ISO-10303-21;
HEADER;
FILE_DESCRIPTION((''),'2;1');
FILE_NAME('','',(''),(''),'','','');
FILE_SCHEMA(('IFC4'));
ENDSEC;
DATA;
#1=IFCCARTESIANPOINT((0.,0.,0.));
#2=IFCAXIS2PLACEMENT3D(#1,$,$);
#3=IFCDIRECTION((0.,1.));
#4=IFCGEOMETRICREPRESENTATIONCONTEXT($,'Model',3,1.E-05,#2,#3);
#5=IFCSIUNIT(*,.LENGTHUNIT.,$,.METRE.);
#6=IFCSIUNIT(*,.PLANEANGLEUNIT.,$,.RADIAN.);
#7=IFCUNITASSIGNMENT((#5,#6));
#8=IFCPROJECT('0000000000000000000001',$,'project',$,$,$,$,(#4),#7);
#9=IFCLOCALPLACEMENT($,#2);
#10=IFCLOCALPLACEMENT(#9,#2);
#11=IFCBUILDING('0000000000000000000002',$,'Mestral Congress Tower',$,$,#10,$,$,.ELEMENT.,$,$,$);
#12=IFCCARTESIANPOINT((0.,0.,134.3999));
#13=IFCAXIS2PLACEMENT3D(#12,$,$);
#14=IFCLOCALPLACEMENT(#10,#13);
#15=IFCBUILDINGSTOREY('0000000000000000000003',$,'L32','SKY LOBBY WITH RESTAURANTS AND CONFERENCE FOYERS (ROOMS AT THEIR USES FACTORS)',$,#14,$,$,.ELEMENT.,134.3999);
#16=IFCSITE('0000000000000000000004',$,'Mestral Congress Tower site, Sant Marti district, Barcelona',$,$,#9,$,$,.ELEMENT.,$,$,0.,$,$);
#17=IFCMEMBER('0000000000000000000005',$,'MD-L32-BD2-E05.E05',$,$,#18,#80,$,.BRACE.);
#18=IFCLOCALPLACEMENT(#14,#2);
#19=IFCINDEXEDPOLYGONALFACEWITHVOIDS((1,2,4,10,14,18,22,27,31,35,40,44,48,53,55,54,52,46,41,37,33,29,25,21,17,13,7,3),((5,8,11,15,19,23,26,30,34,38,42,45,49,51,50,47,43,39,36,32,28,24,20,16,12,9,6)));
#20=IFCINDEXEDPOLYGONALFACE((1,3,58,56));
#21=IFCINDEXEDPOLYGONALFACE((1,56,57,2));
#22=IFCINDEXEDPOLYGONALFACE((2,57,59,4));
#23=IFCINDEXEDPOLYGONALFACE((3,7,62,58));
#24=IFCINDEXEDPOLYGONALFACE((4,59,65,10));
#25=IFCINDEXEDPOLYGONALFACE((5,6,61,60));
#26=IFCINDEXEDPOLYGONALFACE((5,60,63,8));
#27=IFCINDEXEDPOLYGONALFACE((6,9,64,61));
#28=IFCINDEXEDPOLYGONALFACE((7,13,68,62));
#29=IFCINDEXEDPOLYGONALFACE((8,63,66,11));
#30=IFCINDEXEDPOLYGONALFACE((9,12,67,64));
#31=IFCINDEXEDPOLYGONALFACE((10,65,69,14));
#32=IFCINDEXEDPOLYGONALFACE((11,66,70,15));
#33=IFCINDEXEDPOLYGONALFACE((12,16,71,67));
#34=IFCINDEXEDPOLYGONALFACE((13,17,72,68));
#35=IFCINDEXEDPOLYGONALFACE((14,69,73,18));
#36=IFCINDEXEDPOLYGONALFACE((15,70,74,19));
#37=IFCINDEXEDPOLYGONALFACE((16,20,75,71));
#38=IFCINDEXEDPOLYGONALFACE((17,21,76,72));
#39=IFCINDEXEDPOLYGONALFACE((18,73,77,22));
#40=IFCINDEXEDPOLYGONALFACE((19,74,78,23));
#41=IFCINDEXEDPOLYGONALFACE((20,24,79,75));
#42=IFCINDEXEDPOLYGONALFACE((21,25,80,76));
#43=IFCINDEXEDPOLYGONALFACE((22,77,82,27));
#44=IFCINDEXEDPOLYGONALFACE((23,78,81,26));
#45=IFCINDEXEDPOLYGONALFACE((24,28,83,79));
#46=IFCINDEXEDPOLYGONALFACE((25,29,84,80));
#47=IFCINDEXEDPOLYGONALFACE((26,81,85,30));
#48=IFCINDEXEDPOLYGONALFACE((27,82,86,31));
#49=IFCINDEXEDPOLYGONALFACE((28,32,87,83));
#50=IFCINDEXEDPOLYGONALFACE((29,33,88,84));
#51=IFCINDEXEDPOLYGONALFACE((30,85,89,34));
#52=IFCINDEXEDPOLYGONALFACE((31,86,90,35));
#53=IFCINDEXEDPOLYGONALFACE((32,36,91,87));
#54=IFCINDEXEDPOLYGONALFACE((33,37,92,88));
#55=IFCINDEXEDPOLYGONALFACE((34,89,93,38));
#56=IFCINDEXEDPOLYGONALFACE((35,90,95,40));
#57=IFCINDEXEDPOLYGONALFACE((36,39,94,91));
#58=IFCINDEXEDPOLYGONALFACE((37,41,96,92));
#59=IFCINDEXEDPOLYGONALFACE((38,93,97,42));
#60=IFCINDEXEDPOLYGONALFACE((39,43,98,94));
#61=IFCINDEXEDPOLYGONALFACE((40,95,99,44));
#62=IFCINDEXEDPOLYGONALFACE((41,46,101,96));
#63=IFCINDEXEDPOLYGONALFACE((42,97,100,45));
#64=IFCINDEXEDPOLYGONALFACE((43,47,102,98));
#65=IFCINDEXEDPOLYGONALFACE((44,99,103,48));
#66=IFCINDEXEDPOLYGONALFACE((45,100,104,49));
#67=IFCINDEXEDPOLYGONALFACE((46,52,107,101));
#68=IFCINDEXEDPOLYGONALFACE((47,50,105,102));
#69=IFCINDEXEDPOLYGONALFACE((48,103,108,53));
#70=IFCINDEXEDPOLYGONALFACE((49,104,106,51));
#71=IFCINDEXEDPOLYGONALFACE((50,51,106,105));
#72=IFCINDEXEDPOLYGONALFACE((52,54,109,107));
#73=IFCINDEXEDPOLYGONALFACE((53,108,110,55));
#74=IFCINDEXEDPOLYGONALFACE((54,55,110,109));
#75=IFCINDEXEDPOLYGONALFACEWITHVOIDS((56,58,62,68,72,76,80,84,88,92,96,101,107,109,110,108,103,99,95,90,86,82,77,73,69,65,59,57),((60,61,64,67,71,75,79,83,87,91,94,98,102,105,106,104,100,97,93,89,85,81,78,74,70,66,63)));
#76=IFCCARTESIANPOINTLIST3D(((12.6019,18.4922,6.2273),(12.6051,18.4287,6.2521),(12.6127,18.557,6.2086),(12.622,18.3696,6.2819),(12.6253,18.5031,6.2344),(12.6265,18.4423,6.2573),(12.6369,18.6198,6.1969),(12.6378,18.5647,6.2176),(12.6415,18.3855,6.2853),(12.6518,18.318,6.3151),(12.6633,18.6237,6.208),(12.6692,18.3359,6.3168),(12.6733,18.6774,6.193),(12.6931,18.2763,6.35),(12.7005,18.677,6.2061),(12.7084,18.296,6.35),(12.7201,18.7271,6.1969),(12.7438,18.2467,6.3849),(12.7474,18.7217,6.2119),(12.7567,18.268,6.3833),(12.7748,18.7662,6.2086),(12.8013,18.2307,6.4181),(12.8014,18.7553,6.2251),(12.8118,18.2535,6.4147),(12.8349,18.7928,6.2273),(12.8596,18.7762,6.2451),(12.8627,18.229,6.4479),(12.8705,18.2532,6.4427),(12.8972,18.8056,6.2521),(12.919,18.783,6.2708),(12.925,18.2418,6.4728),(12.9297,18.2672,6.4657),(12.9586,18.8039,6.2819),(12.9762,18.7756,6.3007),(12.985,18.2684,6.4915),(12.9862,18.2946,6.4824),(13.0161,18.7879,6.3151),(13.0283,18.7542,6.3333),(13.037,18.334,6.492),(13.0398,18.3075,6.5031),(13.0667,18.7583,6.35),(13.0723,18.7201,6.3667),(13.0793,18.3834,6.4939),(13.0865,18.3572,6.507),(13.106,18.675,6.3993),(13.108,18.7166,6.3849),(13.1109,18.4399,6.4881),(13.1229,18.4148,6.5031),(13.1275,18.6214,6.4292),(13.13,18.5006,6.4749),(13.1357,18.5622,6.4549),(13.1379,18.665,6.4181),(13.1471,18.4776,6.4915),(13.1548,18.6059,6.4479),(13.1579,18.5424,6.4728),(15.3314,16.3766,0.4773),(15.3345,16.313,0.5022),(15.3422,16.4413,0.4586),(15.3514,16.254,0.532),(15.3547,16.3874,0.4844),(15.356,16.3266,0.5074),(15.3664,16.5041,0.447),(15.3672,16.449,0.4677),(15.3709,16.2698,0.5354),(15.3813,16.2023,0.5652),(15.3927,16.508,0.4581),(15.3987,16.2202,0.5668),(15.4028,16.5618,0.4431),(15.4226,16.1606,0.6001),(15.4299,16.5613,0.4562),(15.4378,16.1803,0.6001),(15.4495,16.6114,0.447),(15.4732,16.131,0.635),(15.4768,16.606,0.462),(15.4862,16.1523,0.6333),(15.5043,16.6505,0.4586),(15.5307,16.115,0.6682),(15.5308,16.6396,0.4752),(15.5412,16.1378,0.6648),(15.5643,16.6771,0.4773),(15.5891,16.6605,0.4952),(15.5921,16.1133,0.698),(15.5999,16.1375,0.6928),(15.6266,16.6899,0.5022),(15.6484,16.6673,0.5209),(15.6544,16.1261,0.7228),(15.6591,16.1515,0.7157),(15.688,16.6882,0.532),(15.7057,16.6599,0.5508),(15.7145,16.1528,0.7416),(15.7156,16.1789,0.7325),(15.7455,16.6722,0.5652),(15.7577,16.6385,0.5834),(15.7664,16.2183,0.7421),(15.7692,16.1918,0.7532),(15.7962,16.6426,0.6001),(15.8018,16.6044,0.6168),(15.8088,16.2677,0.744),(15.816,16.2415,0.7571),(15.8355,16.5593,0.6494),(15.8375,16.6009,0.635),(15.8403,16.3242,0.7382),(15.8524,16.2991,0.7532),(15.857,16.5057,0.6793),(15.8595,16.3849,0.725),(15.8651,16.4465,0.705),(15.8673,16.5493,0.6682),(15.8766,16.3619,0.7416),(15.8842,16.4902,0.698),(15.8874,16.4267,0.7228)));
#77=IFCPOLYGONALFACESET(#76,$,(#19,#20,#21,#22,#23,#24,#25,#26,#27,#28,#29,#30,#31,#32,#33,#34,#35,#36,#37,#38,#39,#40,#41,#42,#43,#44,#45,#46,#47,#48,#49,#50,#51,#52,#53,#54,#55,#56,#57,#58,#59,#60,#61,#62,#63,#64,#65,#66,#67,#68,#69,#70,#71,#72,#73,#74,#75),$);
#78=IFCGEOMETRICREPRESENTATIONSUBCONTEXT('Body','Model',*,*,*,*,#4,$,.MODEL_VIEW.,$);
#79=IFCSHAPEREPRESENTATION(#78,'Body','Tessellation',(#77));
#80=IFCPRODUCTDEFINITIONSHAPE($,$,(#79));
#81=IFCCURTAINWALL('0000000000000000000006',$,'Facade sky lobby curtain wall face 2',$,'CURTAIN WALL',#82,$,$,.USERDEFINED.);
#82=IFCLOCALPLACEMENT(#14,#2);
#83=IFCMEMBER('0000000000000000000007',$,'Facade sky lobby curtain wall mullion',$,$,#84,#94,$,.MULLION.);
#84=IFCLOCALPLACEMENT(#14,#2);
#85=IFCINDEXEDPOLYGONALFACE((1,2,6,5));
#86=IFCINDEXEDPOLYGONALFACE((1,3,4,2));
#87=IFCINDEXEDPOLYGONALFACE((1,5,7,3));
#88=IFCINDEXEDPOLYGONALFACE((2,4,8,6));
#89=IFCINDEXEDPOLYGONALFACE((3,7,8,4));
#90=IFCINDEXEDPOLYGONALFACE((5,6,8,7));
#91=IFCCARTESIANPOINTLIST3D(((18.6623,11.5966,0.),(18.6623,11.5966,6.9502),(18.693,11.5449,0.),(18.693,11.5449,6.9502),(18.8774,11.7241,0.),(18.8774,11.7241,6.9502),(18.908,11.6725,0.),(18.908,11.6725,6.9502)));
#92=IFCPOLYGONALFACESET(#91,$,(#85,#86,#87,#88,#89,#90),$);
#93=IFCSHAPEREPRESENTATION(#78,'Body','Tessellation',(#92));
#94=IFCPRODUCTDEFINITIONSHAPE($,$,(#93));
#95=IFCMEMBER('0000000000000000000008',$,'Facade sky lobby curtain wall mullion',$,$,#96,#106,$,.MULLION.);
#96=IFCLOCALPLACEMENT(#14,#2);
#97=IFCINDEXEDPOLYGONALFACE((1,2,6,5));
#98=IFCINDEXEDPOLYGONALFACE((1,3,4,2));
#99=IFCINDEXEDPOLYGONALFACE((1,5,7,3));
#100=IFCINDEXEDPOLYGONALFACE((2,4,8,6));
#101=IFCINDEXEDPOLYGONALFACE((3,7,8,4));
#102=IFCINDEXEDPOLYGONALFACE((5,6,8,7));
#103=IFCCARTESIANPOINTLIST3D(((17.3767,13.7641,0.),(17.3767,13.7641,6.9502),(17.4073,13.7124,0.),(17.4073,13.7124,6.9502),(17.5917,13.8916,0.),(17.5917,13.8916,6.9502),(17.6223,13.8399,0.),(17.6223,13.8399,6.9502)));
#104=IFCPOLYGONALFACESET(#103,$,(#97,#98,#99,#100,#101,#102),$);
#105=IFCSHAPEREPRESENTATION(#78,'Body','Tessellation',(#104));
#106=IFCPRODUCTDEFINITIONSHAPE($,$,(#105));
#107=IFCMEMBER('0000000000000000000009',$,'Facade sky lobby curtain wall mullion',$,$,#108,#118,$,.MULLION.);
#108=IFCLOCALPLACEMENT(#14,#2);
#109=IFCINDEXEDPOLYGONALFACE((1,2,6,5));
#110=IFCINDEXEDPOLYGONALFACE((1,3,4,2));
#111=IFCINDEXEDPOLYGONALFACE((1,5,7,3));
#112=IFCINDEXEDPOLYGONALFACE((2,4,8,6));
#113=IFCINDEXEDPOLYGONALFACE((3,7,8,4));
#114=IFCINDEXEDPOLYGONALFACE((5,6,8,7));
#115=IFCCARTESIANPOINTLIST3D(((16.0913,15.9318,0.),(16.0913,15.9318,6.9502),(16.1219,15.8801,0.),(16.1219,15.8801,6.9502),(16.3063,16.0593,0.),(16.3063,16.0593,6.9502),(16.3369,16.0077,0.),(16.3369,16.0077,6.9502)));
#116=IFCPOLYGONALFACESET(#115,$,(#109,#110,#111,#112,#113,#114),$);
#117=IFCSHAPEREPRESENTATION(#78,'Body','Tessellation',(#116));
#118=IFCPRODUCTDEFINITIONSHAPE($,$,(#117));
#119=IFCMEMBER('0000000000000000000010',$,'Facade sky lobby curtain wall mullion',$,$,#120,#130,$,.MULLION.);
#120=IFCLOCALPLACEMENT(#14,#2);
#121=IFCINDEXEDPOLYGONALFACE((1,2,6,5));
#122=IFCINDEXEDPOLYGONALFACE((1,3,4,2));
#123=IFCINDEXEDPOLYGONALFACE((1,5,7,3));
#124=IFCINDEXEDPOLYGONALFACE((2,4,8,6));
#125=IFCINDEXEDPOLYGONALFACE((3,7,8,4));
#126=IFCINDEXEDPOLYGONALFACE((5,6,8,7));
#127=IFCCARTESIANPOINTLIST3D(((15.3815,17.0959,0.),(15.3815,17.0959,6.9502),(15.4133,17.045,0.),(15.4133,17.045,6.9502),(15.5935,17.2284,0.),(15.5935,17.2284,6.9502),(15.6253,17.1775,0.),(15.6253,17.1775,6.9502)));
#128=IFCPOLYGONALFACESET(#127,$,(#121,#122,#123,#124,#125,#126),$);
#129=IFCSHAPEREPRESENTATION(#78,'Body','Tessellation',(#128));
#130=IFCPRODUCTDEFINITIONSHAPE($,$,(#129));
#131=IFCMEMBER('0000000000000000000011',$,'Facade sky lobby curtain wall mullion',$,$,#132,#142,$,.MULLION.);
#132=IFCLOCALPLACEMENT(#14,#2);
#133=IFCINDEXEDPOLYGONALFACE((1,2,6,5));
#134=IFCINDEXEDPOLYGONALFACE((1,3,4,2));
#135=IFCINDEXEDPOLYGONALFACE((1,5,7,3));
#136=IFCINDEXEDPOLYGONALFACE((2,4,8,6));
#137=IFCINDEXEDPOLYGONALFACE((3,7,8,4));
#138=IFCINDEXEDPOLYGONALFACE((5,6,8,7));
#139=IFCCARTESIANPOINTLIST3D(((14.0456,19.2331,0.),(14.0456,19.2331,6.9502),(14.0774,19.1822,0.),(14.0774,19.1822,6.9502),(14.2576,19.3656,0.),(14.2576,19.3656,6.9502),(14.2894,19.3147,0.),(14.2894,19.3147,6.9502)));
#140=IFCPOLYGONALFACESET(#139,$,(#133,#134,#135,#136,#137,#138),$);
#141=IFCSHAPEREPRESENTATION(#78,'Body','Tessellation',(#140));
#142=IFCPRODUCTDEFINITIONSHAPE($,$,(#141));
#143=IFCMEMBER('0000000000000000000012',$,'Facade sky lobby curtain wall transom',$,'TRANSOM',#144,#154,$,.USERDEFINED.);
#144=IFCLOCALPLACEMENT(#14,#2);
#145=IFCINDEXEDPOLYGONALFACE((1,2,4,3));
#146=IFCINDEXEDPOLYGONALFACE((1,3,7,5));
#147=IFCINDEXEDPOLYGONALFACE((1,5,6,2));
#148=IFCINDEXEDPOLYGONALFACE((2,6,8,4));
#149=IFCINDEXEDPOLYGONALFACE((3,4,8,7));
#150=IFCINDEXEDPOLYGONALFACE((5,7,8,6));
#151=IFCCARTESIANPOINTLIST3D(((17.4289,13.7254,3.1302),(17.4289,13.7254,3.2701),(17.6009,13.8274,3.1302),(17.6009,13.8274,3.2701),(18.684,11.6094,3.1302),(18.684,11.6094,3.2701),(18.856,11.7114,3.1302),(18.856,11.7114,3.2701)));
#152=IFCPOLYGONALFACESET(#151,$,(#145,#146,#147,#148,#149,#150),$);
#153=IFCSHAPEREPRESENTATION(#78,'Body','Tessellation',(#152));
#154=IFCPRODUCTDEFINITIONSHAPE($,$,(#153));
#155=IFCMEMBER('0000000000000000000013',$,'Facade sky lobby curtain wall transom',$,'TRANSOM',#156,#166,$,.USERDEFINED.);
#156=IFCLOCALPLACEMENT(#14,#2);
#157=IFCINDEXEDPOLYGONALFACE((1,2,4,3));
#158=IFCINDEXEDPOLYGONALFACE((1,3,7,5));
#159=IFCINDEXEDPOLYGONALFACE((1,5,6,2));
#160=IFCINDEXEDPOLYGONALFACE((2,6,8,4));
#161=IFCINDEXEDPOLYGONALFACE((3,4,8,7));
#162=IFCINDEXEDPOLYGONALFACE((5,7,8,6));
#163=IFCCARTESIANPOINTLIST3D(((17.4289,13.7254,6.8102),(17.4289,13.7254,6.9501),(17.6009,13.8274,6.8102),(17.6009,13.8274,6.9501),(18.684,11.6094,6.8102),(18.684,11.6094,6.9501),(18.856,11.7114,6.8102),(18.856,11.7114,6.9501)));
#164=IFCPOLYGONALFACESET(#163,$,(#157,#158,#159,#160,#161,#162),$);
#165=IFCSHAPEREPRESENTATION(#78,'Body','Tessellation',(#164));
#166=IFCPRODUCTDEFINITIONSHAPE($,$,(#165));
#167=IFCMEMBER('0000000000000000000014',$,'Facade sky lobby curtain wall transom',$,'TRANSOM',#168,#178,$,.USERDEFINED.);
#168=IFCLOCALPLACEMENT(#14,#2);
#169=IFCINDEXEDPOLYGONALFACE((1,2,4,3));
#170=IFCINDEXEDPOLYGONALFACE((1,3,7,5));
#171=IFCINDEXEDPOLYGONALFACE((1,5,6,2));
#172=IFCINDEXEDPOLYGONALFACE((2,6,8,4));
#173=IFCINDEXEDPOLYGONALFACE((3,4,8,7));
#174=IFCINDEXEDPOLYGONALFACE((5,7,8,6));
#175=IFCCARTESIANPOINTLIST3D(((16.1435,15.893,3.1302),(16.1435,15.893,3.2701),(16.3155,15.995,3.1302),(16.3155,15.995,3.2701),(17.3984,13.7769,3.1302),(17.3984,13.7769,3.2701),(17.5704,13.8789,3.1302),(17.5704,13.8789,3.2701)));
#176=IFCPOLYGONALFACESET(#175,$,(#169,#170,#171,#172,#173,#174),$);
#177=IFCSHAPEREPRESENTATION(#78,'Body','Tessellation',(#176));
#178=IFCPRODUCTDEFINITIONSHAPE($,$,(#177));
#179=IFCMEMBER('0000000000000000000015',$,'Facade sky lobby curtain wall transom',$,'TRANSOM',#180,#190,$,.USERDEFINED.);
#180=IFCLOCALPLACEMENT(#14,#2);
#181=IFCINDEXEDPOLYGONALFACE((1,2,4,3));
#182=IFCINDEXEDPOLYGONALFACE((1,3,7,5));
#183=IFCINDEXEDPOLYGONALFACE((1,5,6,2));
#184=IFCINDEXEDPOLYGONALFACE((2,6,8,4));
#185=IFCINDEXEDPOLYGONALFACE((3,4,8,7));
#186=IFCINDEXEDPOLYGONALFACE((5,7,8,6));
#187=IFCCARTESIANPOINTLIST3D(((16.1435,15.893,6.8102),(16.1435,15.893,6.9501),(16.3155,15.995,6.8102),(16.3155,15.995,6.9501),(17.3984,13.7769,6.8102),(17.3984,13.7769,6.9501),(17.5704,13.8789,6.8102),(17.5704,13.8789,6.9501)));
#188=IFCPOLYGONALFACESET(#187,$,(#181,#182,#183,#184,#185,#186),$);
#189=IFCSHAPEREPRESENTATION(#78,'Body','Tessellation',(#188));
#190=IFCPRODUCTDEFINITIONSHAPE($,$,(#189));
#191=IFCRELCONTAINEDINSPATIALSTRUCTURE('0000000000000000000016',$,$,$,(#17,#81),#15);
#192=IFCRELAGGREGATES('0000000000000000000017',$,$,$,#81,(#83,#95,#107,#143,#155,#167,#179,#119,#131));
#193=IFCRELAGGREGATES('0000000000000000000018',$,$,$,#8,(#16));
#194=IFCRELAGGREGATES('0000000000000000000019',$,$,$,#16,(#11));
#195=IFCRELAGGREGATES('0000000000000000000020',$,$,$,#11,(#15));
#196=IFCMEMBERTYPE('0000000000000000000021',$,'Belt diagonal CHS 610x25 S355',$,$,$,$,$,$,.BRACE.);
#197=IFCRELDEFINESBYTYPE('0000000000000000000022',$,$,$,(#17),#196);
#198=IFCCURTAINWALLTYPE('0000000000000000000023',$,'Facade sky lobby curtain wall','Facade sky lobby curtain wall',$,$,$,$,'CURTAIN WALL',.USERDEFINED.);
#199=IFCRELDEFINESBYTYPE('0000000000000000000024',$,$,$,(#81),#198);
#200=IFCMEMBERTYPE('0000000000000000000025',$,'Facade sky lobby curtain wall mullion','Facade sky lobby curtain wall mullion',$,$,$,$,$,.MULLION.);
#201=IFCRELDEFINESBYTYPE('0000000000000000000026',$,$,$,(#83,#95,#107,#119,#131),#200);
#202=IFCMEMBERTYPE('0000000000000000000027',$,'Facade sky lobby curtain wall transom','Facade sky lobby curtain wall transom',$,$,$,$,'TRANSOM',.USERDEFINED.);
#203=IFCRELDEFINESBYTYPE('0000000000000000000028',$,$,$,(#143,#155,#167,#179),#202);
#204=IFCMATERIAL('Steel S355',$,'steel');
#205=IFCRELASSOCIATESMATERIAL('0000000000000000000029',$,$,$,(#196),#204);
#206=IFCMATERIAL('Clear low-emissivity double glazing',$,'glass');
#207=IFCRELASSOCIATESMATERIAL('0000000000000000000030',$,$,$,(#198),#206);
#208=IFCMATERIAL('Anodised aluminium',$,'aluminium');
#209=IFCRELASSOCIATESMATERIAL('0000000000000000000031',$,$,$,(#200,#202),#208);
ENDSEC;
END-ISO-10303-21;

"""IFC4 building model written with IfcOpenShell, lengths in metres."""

from ifc_helpers import new_model, si_unit, direction, frame, origin, origin_2d, place, context, subcontext, project, spatial, rectangle, hollow_circle, extrude, material, material_profile, profile_set, type_object, element, aggregate, save


model = new_model("IFC4")

# Units and contexts
model_context = context("Model", 3, precision=1e-05, world=origin(), true_north=direction((0.0, 1.0)))
body_context = subcontext(model_context, "Body", "Model", "MODEL_VIEW")
ifc_project = project(units=[si_unit("LENGTHUNIT", "METRE"), si_unit("PLANEANGLEUNIT", "RADIAN")], contexts=[model_context])

# Site, building, storey
site_placement = place(None, origin())
site = spatial("IfcSite", under=ifc_project, at=site_placement, Name="Mestral Congress Tower site, Sant Marti district, Barcelona", CompositionType="ELEMENT", RefElevation=0.0)
building_placement = place(site_placement, origin())
building = spatial("IfcBuilding", under=site, at=building_placement, Name="Mestral Congress Tower", CompositionType="ELEMENT")
storey_placement = place(building_placement, frame((0.0, 0.0, 134.3999)))
storey = spatial("IfcBuildingStorey", under=building, at=storey_placement, Name="L32", Description="SKY LOBBY WITH RESTAURANTS AND CONFERENCE FOYERS (ROOMS AT THEIR USES FACTORS)", CompositionType="ELEMENT", Elevation=134.3999)

# Member
ifc_material_1 = material(Name="Steel S355", Category="steel")
ifc_material_profile_1 = material_profile(ifc_material_1, hollow_circle(Radius=0.3049, WallThickness=0.0249, at=origin_2d()), Name="CHS 610x25")
ifc_profile_set_1 = profile_set([ifc_material_profile_1], Name="Steel S355")
member_type_1 = type_object("IfcMemberType", Name="Belt diagonal CHS 610x25 S355", PredefinedType="BRACE", material=ifc_profile_set_1)
member_1_placement = place(storey_placement, frame((15.6094, 16.4016, 0.6001), z_axis=(-0.406939, 0.315432, 0.857265), x_axis=(-0.612638, -0.790364, 0.0)))
element("IfcMember", 1, at=member_1_placement, inside=storey, type_object=member_type_1, Name="MD-L32-BD2-E05.E05", PredefinedType="BRACE", context=body_context, shape_type="SweptSolid", body=[
    extrude(hollow_circle(Radius=0.3049, WallThickness=0.0249, at=origin_2d()), origin(), (0.0, 0.0, 1.0), 6.7073),
])

# Curtain wall, members
ifc_material_2 = material(Name="Clear low-emissivity double glazing", Category="glass")
curtain_wall_type = type_object("IfcCurtainWallType", Name="Facade sky lobby curtain wall", Description="Facade sky lobby curtain wall", ElementType="CURTAIN WALL", PredefinedType="USERDEFINED", material=ifc_material_2)
curtain_wall_placement = place(storey_placement, origin())
curtain_wall = element("IfcCurtainWall", 2, at=curtain_wall_placement, inside=storey, type_object=curtain_wall_type, Name="Facade sky lobby curtain wall face 2", ObjectType="CURTAIN WALL", PredefinedType="USERDEFINED")
ifc_material_3 = material(Name="Anodised aluminium", Category="aluminium")
ifc_material_profile_2 = material_profile(ifc_material_3, rectangle(XDim=0.25, YDim=0.0601, at=origin_2d()), Name="CW1 mullion 250 x 60")
ifc_profile_set_2 = profile_set([ifc_material_profile_2], Name="Anodised aluminium")
member_type_2 = type_object("IfcMemberType", Name="Facade sky lobby curtain wall mullion", Description="Facade sky lobby curtain wall mullion", PredefinedType="MULLION", material=ifc_profile_set_2)
member_2_placement = place(storey_placement, frame((18.7852, 11.6345, 0.0), z_axis=(0.0, 0.0, 1.0), x_axis=(0.860119, 0.510094, 0.0)))
member_2 = element("IfcMember", 3, at=member_2_placement, type_object=member_type_2, Name="Facade sky lobby curtain wall mullion", PredefinedType="MULLION", context=body_context, shape_type="SweptSolid", body=[
    extrude(rectangle(XDim=0.25, YDim=0.0601, at=origin_2d()), origin(), (0.0, 0.0, 1.0), 6.9502),
])
member_3_placement = place(storey_placement, frame((17.4995, 13.802, 0.0), z_axis=(0.0, 0.0, 1.0), x_axis=(0.860119, 0.510094, 0.0)))
member_3 = element("IfcMember", 4, at=member_3_placement, type_object=member_type_2, Name="Facade sky lobby curtain wall mullion", PredefinedType="MULLION", context=body_context, shape_type="SweptSolid", body=[
    extrude(rectangle(XDim=0.25, YDim=0.0601, at=origin_2d()), origin(), (0.0, 0.0, 1.0), 6.9502),
])
member_4_placement = place(storey_placement, frame((16.2141, 15.9697, 0.0), z_axis=(0.0, 0.0, 1.0), x_axis=(0.860119, 0.510094, 0.0)))
member_4 = element("IfcMember", 5, at=member_4_placement, type_object=member_type_2, Name="Facade sky lobby curtain wall mullion", PredefinedType="MULLION", context=body_context, shape_type="SweptSolid", body=[
    extrude(rectangle(XDim=0.25, YDim=0.0601, at=origin_2d()), origin(), (0.0, 0.0, 1.0), 6.9502),
])
member_5_placement = place(storey_placement, frame((15.5034, 17.1367, 0.0), z_axis=(0.0, 0.0, 1.0), x_axis=(0.847961, 0.530058, 0.0)))
member_5 = element("IfcMember", 6, at=member_5_placement, type_object=member_type_2, Name="Facade sky lobby curtain wall mullion", PredefinedType="MULLION", context=body_context, shape_type="SweptSolid", body=[
    extrude(rectangle(XDim=0.25, YDim=0.0601, at=origin_2d()), origin(), (0.0, 0.0, 1.0), 6.9502),
])
member_6_placement = place(storey_placement, frame((14.1675, 19.2739, 0.0), z_axis=(0.0, 0.0, 1.0), x_axis=(0.847961, 0.530058, 0.0)))
member_6 = element("IfcMember", 7, at=member_6_placement, type_object=member_type_2, Name="Facade sky lobby curtain wall mullion", PredefinedType="MULLION", context=body_context, shape_type="SweptSolid", body=[
    extrude(rectangle(XDim=0.25, YDim=0.0601, at=origin_2d()), origin(), (0.0, 0.0, 1.0), 6.9502),
])
ifc_material_profile_3 = material_profile(ifc_material_3, rectangle(XDim=0.2, YDim=0.1399, at=origin_2d()), Name="CW1 transom 200 x 140")
ifc_profile_set_3 = profile_set([ifc_material_profile_3], Name="Anodised aluminium")
member_type_3 = type_object("IfcMemberType", Name="Facade sky lobby curtain wall transom", Description="Facade sky lobby curtain wall transom", ElementType="TRANSOM", PredefinedType="USERDEFINED", material=ifc_profile_set_3)
member_7_placement = place(storey_placement, frame((18.77, 11.6604, 3.2002), z_axis=(-0.51017, 0.860074, 0.0), x_axis=(-0.860074, -0.51017, 0.0)))
member_7 = element("IfcMember", 8, at=member_7_placement, type_object=member_type_3, Name="Facade sky lobby curtain wall transom", ObjectType="TRANSOM", PredefinedType="USERDEFINED", context=body_context, shape_type="SweptSolid", body=[
    extrude(rectangle(XDim=0.2, YDim=0.1399, at=origin_2d()), origin(), (0.0, 0.0, 1.0), 2.4602),
])
member_8_placement = place(storey_placement, frame((18.77, 11.6604, 6.8801), z_axis=(-0.51017, 0.860074, 0.0), x_axis=(-0.860074, -0.51017, 0.0)))
member_8 = element("IfcMember", 9, at=member_8_placement, type_object=member_type_3, Name="Facade sky lobby curtain wall transom", ObjectType="TRANSOM", PredefinedType="USERDEFINED", context=body_context, shape_type="SweptSolid", body=[
    extrude(rectangle(XDim=0.2, YDim=0.1399, at=origin_2d()), origin(), (0.0, 0.0, 1.0), 2.4602),
])
member_9_placement = place(storey_placement, frame((17.4844, 13.8279, 3.2002), z_axis=(-0.510053, 0.860143, 0.0), x_axis=(-0.860143, -0.510053, 0.0)))
member_9 = element("IfcMember", 10, at=member_9_placement, type_object=member_type_3, Name="Facade sky lobby curtain wall transom", ObjectType="TRANSOM", PredefinedType="USERDEFINED", context=body_context, shape_type="SweptSolid", body=[
    extrude(rectangle(XDim=0.2, YDim=0.1399, at=origin_2d()), origin(), (0.0, 0.0, 1.0), 2.4602),
])
member_10_placement = place(storey_placement, frame((17.4844, 13.8279, 6.8801), z_axis=(-0.510053, 0.860143, 0.0), x_axis=(-0.860143, -0.510053, 0.0)))
member_10 = element("IfcMember", 11, at=member_10_placement, type_object=member_type_3, Name="Facade sky lobby curtain wall transom", ObjectType="TRANSOM", PredefinedType="USERDEFINED", context=body_context, shape_type="SweptSolid", body=[
    extrude(rectangle(XDim=0.2, YDim=0.1399, at=origin_2d()), origin(), (0.0, 0.0, 1.0), 2.4602),
])

aggregate(curtain_wall, [member_2, member_3, member_4, member_7, member_8, member_9, member_10, member_5, member_6])

save(model, "model.ifc")
